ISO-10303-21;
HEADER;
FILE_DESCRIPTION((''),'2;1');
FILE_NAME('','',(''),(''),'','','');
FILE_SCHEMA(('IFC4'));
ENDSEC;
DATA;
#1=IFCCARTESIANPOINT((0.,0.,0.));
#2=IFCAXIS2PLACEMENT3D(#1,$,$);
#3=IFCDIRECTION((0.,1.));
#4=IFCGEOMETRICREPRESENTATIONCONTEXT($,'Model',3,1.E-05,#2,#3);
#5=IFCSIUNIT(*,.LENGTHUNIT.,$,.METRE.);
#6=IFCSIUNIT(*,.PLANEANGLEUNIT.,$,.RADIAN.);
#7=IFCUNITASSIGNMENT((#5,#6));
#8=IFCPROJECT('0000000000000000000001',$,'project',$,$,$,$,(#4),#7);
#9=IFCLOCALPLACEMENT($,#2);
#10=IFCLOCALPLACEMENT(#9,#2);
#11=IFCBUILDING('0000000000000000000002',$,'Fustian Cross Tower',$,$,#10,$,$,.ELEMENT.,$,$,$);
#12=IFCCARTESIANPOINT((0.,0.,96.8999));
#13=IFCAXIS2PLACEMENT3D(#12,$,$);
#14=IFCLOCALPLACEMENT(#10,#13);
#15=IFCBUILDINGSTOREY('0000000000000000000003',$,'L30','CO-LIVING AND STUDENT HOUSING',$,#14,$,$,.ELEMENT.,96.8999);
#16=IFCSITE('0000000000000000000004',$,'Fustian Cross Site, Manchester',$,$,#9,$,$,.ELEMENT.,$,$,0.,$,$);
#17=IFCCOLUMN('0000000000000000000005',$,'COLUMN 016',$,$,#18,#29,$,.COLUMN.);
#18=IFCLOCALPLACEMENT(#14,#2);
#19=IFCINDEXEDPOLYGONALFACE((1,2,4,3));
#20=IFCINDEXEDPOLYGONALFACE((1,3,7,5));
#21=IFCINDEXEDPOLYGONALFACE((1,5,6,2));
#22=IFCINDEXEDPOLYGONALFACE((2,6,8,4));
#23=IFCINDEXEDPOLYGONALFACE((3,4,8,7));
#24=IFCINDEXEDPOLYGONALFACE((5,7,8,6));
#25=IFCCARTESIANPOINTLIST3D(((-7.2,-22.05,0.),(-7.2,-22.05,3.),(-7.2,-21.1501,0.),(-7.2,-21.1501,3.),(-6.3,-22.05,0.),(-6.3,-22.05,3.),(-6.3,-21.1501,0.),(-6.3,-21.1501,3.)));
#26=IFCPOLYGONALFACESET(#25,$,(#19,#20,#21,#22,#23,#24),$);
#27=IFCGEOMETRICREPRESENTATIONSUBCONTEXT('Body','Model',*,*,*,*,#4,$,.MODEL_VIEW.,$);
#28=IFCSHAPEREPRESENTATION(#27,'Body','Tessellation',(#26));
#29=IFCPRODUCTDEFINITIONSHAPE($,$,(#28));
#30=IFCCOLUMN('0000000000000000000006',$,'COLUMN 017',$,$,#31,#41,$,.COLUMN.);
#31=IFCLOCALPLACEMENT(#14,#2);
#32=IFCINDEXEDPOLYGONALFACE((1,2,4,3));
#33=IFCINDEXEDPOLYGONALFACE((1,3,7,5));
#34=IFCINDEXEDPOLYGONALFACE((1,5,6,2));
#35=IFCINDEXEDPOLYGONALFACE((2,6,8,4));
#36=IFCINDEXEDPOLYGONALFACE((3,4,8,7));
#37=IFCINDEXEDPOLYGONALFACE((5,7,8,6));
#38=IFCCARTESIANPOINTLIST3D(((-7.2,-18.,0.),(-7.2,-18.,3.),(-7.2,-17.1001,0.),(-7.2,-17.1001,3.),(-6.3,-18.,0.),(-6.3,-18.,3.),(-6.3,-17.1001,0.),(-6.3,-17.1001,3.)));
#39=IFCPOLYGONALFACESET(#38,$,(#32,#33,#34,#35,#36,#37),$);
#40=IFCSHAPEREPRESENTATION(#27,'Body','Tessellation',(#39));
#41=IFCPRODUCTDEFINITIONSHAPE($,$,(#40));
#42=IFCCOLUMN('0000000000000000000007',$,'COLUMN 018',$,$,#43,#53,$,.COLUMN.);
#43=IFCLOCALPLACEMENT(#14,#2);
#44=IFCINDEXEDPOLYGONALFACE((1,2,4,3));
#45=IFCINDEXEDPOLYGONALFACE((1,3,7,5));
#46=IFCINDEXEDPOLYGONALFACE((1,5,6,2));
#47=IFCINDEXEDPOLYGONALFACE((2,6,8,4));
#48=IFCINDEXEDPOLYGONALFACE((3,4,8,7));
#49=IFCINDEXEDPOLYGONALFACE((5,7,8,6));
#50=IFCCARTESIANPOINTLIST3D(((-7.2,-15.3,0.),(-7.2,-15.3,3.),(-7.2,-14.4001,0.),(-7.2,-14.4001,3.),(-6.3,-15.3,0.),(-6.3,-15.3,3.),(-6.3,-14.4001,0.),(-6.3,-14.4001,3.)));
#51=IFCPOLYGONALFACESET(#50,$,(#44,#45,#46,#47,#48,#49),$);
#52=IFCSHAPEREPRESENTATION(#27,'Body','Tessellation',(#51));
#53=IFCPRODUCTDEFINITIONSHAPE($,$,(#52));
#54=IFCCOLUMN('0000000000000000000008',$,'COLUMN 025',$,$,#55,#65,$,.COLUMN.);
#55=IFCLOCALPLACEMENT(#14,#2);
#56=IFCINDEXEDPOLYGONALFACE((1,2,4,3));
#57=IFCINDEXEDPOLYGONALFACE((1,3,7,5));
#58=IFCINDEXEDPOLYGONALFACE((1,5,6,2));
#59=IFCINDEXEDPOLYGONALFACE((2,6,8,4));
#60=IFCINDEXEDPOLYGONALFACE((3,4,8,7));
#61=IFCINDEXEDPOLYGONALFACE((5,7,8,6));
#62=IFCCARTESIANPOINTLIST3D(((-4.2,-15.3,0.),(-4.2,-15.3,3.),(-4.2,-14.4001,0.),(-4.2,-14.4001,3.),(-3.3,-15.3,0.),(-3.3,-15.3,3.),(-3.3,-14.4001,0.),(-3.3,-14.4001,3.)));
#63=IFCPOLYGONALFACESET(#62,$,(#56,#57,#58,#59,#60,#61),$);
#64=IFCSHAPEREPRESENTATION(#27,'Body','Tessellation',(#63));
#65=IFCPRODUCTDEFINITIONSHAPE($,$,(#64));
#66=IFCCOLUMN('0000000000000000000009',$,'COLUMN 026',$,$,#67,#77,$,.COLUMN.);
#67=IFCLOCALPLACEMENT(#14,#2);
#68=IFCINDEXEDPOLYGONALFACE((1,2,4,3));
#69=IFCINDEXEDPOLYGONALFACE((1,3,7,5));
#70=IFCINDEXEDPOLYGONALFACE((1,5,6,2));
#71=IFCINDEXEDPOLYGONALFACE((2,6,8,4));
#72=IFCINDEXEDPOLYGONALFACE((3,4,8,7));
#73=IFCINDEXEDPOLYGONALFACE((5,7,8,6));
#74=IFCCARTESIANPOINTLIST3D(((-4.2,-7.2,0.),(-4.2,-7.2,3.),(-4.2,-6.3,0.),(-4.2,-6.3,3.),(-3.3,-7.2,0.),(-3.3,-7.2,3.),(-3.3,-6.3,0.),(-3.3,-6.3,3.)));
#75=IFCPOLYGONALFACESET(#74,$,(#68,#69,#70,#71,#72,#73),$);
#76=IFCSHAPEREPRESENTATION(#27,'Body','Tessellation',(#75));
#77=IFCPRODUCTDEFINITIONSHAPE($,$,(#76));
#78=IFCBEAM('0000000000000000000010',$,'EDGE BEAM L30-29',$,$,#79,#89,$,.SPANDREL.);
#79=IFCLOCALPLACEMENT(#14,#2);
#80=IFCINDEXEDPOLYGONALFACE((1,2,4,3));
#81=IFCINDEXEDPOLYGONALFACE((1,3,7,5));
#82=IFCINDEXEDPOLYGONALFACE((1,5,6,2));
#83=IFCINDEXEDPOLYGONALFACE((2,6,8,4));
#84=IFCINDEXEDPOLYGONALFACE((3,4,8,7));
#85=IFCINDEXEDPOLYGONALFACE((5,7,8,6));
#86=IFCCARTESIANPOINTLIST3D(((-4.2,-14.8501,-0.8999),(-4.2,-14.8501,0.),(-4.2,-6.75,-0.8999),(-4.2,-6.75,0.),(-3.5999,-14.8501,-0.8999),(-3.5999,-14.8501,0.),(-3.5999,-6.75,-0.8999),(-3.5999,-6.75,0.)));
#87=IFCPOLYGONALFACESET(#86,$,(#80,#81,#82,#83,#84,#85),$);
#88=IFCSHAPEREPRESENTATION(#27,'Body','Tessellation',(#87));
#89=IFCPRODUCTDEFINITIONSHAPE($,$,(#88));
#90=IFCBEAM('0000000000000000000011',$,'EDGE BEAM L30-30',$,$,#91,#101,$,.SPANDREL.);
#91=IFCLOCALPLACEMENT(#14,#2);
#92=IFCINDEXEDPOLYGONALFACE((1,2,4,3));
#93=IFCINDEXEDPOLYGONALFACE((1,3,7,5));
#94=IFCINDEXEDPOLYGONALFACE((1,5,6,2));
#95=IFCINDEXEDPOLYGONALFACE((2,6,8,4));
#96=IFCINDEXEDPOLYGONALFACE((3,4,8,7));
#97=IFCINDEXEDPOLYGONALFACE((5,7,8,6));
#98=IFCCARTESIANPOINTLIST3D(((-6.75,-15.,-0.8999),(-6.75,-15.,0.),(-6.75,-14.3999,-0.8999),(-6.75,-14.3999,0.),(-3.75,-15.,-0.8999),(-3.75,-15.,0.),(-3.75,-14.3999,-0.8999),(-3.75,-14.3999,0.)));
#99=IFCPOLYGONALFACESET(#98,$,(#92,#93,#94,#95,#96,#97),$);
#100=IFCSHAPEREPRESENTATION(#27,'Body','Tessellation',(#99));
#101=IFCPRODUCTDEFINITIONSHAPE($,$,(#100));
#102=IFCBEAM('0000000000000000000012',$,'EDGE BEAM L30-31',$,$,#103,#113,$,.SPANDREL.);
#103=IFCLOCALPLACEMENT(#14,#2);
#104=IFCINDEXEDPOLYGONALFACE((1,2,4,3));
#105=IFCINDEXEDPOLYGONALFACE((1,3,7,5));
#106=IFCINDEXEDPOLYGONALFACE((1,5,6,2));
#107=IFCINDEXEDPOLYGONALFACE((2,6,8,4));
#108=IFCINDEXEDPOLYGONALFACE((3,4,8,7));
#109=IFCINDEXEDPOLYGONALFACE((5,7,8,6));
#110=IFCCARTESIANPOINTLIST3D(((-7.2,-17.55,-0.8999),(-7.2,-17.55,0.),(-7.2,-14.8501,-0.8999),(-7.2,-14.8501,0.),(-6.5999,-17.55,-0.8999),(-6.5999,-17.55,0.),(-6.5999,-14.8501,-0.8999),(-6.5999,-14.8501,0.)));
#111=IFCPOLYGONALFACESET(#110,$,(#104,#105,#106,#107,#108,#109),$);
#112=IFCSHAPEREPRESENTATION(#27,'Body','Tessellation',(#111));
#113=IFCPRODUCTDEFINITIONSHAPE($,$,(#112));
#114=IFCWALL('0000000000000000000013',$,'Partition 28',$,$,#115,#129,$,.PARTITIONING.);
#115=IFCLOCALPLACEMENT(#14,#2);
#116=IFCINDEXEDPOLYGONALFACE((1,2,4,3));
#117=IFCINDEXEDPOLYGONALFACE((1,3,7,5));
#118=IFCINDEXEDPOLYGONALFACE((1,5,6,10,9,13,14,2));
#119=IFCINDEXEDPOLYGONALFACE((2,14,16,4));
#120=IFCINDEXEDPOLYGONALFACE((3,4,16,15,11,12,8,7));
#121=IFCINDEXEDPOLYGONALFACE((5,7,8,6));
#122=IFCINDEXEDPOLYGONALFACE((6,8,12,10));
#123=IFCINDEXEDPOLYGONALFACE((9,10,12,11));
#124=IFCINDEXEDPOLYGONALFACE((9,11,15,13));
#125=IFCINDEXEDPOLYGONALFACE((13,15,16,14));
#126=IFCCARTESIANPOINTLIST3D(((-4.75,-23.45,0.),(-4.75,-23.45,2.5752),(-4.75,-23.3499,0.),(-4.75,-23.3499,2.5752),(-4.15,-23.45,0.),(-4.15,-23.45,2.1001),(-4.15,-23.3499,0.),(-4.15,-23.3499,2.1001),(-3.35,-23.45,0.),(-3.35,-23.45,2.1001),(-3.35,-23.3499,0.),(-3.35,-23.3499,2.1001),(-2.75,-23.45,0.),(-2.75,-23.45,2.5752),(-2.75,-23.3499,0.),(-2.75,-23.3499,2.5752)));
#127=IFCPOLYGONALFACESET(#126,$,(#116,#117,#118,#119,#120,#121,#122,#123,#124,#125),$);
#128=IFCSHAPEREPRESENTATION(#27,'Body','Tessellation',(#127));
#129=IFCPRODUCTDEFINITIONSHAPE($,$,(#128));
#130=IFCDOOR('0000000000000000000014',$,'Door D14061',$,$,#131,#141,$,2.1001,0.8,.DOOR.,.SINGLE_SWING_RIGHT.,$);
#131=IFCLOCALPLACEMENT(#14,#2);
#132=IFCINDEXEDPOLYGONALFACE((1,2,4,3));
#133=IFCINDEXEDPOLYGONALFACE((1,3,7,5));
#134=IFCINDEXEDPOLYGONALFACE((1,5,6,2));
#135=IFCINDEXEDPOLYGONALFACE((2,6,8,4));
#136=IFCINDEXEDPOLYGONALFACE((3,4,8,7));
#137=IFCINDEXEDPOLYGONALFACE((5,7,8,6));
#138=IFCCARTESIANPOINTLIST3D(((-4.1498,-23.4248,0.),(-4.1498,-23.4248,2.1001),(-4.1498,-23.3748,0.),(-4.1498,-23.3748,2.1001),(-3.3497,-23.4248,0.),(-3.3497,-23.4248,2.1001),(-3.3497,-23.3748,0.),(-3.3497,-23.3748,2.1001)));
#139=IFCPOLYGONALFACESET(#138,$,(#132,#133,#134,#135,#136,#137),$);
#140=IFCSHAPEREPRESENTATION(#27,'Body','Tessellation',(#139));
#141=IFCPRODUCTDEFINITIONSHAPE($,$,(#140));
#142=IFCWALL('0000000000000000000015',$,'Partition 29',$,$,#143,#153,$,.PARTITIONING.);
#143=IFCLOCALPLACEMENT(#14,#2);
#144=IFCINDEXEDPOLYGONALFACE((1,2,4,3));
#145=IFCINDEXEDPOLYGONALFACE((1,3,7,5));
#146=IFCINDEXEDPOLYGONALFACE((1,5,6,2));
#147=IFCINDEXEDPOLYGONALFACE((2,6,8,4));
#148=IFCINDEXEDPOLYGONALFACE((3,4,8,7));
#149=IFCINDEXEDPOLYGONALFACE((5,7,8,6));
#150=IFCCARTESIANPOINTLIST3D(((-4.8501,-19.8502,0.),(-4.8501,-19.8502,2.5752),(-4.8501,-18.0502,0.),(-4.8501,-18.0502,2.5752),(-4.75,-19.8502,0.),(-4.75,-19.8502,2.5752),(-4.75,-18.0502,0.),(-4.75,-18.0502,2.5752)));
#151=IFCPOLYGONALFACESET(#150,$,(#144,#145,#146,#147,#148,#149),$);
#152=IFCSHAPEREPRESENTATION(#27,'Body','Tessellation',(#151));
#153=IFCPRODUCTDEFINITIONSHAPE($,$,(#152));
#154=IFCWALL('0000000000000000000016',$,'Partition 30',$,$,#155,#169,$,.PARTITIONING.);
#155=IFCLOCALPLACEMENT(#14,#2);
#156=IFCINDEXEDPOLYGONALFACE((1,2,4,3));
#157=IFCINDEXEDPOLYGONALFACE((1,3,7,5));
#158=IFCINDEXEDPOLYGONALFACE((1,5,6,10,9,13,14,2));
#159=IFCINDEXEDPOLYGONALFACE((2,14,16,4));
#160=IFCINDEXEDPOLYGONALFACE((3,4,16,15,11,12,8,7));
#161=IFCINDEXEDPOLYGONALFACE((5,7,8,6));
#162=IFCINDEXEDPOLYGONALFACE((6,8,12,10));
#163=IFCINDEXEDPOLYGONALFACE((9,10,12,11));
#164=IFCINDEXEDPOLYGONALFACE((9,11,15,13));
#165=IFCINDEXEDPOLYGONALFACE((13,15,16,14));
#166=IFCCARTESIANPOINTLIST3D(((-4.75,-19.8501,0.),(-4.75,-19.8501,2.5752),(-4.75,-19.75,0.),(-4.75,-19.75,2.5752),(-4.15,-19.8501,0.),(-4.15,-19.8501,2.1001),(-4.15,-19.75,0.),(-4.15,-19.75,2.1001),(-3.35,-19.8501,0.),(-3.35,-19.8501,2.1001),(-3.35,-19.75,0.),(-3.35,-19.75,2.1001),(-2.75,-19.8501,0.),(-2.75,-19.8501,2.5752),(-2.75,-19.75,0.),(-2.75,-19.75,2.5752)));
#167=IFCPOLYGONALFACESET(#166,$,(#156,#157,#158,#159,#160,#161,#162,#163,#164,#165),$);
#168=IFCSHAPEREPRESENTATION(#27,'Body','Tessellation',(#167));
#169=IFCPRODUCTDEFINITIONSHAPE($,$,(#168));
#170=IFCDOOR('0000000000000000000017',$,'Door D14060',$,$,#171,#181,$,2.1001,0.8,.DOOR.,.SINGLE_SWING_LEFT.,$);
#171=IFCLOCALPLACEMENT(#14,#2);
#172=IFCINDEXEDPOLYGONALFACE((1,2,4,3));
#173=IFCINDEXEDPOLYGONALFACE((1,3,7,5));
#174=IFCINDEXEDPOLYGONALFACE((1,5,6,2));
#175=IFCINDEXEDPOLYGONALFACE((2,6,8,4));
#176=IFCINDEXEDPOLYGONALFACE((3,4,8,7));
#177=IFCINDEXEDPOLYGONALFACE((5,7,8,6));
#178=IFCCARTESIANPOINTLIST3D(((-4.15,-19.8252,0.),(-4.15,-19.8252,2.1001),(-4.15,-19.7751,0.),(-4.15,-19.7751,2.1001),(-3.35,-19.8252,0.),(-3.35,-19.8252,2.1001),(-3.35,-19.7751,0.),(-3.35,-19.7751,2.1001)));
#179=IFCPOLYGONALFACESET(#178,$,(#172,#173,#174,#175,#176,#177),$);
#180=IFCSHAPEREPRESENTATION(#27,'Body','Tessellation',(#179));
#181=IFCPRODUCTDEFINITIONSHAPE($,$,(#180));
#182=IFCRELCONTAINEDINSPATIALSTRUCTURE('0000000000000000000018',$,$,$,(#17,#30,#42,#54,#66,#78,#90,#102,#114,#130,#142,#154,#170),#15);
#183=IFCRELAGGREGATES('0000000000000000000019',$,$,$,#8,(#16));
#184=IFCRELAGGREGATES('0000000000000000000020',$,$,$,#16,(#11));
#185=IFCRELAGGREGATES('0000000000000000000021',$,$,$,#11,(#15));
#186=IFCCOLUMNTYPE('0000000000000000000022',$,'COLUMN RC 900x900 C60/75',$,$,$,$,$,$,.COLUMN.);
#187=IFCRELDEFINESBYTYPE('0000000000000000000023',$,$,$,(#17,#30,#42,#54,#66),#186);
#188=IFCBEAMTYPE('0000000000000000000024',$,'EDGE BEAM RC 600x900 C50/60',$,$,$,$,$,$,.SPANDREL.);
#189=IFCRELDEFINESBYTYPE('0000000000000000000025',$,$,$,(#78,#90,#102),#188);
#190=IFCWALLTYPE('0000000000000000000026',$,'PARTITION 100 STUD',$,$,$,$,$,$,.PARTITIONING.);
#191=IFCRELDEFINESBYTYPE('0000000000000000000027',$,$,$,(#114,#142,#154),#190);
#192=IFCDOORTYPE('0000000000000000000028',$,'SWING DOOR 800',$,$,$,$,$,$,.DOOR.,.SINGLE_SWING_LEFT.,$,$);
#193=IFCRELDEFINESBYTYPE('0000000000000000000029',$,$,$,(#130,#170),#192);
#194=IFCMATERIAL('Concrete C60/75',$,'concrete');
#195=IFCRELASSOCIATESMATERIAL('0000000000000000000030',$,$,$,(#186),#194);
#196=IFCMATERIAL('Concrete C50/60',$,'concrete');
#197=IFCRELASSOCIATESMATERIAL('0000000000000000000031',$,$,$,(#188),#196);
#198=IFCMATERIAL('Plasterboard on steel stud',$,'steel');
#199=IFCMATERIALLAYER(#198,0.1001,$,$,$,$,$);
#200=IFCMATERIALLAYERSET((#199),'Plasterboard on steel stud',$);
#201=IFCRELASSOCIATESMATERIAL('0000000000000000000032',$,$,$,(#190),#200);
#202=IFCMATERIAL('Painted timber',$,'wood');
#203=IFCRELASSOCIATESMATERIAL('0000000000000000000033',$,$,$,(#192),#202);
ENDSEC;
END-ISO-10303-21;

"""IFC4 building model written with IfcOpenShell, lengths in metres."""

from ifc_helpers import new_model, si_unit, direction, frame, frame_2d, origin, origin_2d, place, context, subcontext, project, spatial, rectangle, extrude, material, layer, layer_set, material_profile, profile_set, type_object, element, fill, save


model = new_model("IFC4")

# Units and contexts
model_context = context("Model", 3, precision=1e-05, world=origin(), true_north=direction((0.0, 1.0)))
body_context = subcontext(model_context, "Body", "Model", "MODEL_VIEW")
ifc_project = project(units=[si_unit("LENGTHUNIT", "METRE"), si_unit("PLANEANGLEUNIT", "RADIAN")], contexts=[model_context])

# Site, building, storey
site_placement = place(None, origin())
site = spatial("IfcSite", under=ifc_project, at=site_placement, Name="Fustian Cross Site, Manchester", CompositionType="ELEMENT", RefElevation=0.0)
building_placement = place(site_placement, origin())
building = spatial("IfcBuilding", under=site, at=building_placement, Name="Fustian Cross Tower", CompositionType="ELEMENT")
storey_placement = place(building_placement, frame((0.0, 0.0, 96.8999)))
storey = spatial("IfcBuildingStorey", under=building, at=storey_placement, Name="L30", Description="CO-LIVING AND STUDENT HOUSING", CompositionType="ELEMENT", Elevation=96.8999)

# Columns
ifc_material_1 = material(Name="Concrete C60/75", Category="concrete")
ifc_material_profile_1 = material_profile(ifc_material_1, rectangle(XDim=0.8999, YDim=0.8999, at=origin_2d()), Name="RC 900x900")
ifc_profile_set_1 = profile_set([ifc_material_profile_1], Name="Concrete C60/75")
column_type = type_object("IfcColumnType", Name="COLUMN RC 900x900 C60/75", PredefinedType="COLUMN", material=ifc_profile_set_1)
for number, where, z_axis, x_axis, name in (
    (1, (-6.75, -21.6001, 0.0), (0.0, 0.0, 1.0), (1.0, 0.0, 0.0), "COLUMN 016"),
    (2, (-6.75, -17.55, 0.0), (0.0, 0.0, 1.0), (1.0, 0.0, 0.0), "COLUMN 017"),
    (3, (-6.75, -14.8501, 0.0), (0.0, 0.0, 1.0), (1.0, 0.0, 0.0), "COLUMN 018"),
    (4, (-3.75, -14.8501, 0.0), (0.0, 0.0, 1.0), (1.0, 0.0, 0.0), "COLUMN 025"),
    (5, (-3.75, -6.75, 0.0), (0.0, 0.0, 1.0), (1.0, 0.0, 0.0), "COLUMN 026"),
):
    element("IfcColumn", number, at=place(storey_placement, frame(where, z_axis=z_axis, x_axis=x_axis)), inside=storey, type_object=column_type, Name=name, PredefinedType="COLUMN", context=body_context, shape_type="SweptSolid", body=[
        extrude(rectangle(XDim=0.8999, YDim=0.8999, at=origin_2d()), origin(), (0.0, 0.0, 1.0), 3.0),
    ])

# Beams
ifc_material_2 = material(Name="Concrete C50/60", Category="concrete")
ifc_material_profile_2 = material_profile(ifc_material_2, rectangle(XDim=0.6001, YDim=0.8999, at=origin_2d()), Name="RC 600x900")
ifc_profile_set_2 = profile_set([ifc_material_profile_2], Name="Concrete C50/60")
beam_type = type_object("IfcBeamType", Name="EDGE BEAM RC 600x900 C50/60", PredefinedType="SPANDREL", material=ifc_profile_set_2)
beam_1_placement = place(storey_placement, frame((-3.8999, -6.75, -0.45), z_axis=(0.0, -1.0, 0.0), x_axis=(1.0, 0.0, 0.0)))
element("IfcBeam", 6, at=beam_1_placement, inside=storey, type_object=beam_type, Name="EDGE BEAM L30-29", PredefinedType="SPANDREL", context=body_context, shape_type="SweptSolid", body=[
    extrude(rectangle(XDim=0.6001, YDim=0.8999, at=origin_2d()), origin(), (0.0, 0.0, 1.0), 8.1001),
])
beam_2_placement = place(storey_placement, frame((-3.75, -14.7, -0.45), z_axis=(-1.0, 0.0, 0.0), x_axis=(0.0, -1.0, 0.0)))
element("IfcBeam", 7, at=beam_2_placement, inside=storey, type_object=beam_type, Name="EDGE BEAM L30-30", PredefinedType="SPANDREL", context=body_context, shape_type="SweptSolid", body=[
    extrude(rectangle(XDim=0.6001, YDim=0.8999, at=origin_2d()), origin(), (0.0, 0.0, 1.0), 3.0),
])
beam_3_placement = place(storey_placement, frame((-6.8999, -14.8501, -0.45), z_axis=(0.0, -1.0, 0.0), x_axis=(1.0, 0.0, 0.0)))
element("IfcBeam", 8, at=beam_3_placement, inside=storey, type_object=beam_type, Name="EDGE BEAM L30-31", PredefinedType="SPANDREL", context=body_context, shape_type="SweptSolid", body=[
    extrude(rectangle(XDim=0.6001, YDim=0.8999, at=origin_2d()), origin(), (0.0, 0.0, 1.0), 2.7),
])

# Wall, opening, door
ifc_material_3 = material(Name="Plasterboard on steel stud", Category="steel")
ifc_layer_1 = layer(ifc_material_3, 0.1001)
ifc_layer_set_1 = layer_set([ifc_layer_1], Name="Plasterboard on steel stud")
wall_type_1 = type_object("IfcWallType", Name="PARTITION 100 STUD", PredefinedType="PARTITIONING", material=ifc_layer_set_1)
wall_1_placement = place(storey_placement, frame((-4.75, -23.3999, 0.0), z_axis=(0.0, 0.0, 1.0), x_axis=(1.0, 0.0, 0.0)))
wall_1 = element("IfcWall", 9, at=wall_1_placement, inside=storey, type_object=wall_type_1, Name="Partition 28", PredefinedType="PARTITIONING", context=body_context, shape_type="SweptSolid", body=[
    extrude(rectangle(XDim=2.0, YDim=0.1001, at=frame_2d((1.0, 0.0))), origin(), (0.0, 0.0, 1.0), 2.5752),
])
opening_1_placement = place(wall_1_placement, frame((0.6001, 0.0, 0.0)))
opening_1 = element("IfcOpeningElement", 10, at=opening_1_placement, cuts=wall_1, PredefinedType="OPENING", context=body_context, shape_type="SweptSolid", body=[
    extrude(rectangle(XDim=0.8, YDim=2.1001, at=frame_2d((0.3999, 1.05))), frame((0.0, 0.0601, 0.0), z_axis=(0.0, -1.0, 0.0), x_axis=(1.0, 0.0, 0.0)), (0.0, 0.0, 1.0), 0.1201),
])
ifc_material_4 = material(Name="Painted timber", Category="wood")
door_type_1 = type_object("IfcDoorType", Name="SWING DOOR 800", OperationType="SINGLE_SWING_LEFT", PredefinedType="DOOR", material=ifc_material_4)
door_1_placement = place(opening_1_placement, frame((0.8, 0.0, 0.0), z_axis=(0.0, 0.0, 1.0), x_axis=(-1.0, 0.0, 0.0)))
door_1 = element("IfcDoor", 11, at=door_1_placement, inside=storey, type_object=door_type_1, Name="Door D14061", OperationType="SINGLE_SWING_RIGHT", OverallHeight=2.1001, OverallWidth=0.8, PredefinedType="DOOR", context=body_context, shape_type="SweptSolid", body=[
    extrude(rectangle(XDim=0.8, YDim=2.1001, at=frame_2d((0.3999, 1.05))), frame((0.0, 0.0249, 0.0), z_axis=(0.0, -1.0, 0.0), x_axis=(1.0, 0.0, 0.0)), (0.0, 0.0, 1.0), 0.05),
])
fill(opening_1, door_1)

# Wall
wall_2_placement = place(storey_placement, frame((-4.8, -19.8501, 0.0), z_axis=(0.0, 0.0, 1.0), x_axis=(0.0, 1.0, 0.0)))
element("IfcWall", 12, at=wall_2_placement, inside=storey, type_object=wall_type_1, Name="Partition 29", PredefinedType="PARTITIONING", context=body_context, shape_type="SweptSolid", body=[
    extrude(rectangle(XDim=1.8, YDim=0.1001, at=frame_2d((0.8999, 0.0))), origin(), (0.0, 0.0, 1.0), 2.5752),
])

# Wall, opening, door
wall_3_placement = place(storey_placement, frame((-4.75, -19.8, 0.0), z_axis=(0.0, 0.0, 1.0), x_axis=(1.0, 0.0, 0.0)))
wall_3 = element("IfcWall", 13, at=wall_3_placement, inside=storey, type_object=wall_type_1, Name="Partition 30", PredefinedType="PARTITIONING", context=body_context, shape_type="SweptSolid", body=[
    extrude(rectangle(XDim=2.0, YDim=0.1001, at=frame_2d((1.0, 0.0))), origin(), (0.0, 0.0, 1.0), 2.5752),
])
opening_2_placement = place(wall_3_placement, frame((0.6001, 0.0, 0.0)))
opening_2 = element("IfcOpeningElement", 14, at=opening_2_placement, cuts=wall_3, PredefinedType="OPENING", context=body_context, shape_type="SweptSolid", body=[
    extrude(rectangle(XDim=0.8, YDim=2.1001, at=frame_2d((0.3999, 1.05))), frame((0.0, 0.0601, 0.0), z_axis=(0.0, -1.0, 0.0), x_axis=(1.0, 0.0, 0.0)), (0.0, 0.0, 1.0), 0.1201),
])
door_2_placement = place(opening_2_placement, origin())
door_2 = element("IfcDoor", 15, at=door_2_placement, inside=storey, type_object=door_type_1, Name="Door D14060", OperationType="SINGLE_SWING_LEFT", OverallHeight=2.1001, OverallWidth=0.8, PredefinedType="DOOR", context=body_context, shape_type="SweptSolid", body=[
    extrude(rectangle(XDim=0.8, YDim=2.1001, at=frame_2d((0.3999, 1.05))), frame((0.0, 0.0249, 0.0), z_axis=(0.0, -1.0, 0.0), x_axis=(1.0, 0.0, 0.0)), (0.0, 0.0, 1.0), 0.05),
])
fill(opening_2, door_2)

save(model, "model.ifc")
